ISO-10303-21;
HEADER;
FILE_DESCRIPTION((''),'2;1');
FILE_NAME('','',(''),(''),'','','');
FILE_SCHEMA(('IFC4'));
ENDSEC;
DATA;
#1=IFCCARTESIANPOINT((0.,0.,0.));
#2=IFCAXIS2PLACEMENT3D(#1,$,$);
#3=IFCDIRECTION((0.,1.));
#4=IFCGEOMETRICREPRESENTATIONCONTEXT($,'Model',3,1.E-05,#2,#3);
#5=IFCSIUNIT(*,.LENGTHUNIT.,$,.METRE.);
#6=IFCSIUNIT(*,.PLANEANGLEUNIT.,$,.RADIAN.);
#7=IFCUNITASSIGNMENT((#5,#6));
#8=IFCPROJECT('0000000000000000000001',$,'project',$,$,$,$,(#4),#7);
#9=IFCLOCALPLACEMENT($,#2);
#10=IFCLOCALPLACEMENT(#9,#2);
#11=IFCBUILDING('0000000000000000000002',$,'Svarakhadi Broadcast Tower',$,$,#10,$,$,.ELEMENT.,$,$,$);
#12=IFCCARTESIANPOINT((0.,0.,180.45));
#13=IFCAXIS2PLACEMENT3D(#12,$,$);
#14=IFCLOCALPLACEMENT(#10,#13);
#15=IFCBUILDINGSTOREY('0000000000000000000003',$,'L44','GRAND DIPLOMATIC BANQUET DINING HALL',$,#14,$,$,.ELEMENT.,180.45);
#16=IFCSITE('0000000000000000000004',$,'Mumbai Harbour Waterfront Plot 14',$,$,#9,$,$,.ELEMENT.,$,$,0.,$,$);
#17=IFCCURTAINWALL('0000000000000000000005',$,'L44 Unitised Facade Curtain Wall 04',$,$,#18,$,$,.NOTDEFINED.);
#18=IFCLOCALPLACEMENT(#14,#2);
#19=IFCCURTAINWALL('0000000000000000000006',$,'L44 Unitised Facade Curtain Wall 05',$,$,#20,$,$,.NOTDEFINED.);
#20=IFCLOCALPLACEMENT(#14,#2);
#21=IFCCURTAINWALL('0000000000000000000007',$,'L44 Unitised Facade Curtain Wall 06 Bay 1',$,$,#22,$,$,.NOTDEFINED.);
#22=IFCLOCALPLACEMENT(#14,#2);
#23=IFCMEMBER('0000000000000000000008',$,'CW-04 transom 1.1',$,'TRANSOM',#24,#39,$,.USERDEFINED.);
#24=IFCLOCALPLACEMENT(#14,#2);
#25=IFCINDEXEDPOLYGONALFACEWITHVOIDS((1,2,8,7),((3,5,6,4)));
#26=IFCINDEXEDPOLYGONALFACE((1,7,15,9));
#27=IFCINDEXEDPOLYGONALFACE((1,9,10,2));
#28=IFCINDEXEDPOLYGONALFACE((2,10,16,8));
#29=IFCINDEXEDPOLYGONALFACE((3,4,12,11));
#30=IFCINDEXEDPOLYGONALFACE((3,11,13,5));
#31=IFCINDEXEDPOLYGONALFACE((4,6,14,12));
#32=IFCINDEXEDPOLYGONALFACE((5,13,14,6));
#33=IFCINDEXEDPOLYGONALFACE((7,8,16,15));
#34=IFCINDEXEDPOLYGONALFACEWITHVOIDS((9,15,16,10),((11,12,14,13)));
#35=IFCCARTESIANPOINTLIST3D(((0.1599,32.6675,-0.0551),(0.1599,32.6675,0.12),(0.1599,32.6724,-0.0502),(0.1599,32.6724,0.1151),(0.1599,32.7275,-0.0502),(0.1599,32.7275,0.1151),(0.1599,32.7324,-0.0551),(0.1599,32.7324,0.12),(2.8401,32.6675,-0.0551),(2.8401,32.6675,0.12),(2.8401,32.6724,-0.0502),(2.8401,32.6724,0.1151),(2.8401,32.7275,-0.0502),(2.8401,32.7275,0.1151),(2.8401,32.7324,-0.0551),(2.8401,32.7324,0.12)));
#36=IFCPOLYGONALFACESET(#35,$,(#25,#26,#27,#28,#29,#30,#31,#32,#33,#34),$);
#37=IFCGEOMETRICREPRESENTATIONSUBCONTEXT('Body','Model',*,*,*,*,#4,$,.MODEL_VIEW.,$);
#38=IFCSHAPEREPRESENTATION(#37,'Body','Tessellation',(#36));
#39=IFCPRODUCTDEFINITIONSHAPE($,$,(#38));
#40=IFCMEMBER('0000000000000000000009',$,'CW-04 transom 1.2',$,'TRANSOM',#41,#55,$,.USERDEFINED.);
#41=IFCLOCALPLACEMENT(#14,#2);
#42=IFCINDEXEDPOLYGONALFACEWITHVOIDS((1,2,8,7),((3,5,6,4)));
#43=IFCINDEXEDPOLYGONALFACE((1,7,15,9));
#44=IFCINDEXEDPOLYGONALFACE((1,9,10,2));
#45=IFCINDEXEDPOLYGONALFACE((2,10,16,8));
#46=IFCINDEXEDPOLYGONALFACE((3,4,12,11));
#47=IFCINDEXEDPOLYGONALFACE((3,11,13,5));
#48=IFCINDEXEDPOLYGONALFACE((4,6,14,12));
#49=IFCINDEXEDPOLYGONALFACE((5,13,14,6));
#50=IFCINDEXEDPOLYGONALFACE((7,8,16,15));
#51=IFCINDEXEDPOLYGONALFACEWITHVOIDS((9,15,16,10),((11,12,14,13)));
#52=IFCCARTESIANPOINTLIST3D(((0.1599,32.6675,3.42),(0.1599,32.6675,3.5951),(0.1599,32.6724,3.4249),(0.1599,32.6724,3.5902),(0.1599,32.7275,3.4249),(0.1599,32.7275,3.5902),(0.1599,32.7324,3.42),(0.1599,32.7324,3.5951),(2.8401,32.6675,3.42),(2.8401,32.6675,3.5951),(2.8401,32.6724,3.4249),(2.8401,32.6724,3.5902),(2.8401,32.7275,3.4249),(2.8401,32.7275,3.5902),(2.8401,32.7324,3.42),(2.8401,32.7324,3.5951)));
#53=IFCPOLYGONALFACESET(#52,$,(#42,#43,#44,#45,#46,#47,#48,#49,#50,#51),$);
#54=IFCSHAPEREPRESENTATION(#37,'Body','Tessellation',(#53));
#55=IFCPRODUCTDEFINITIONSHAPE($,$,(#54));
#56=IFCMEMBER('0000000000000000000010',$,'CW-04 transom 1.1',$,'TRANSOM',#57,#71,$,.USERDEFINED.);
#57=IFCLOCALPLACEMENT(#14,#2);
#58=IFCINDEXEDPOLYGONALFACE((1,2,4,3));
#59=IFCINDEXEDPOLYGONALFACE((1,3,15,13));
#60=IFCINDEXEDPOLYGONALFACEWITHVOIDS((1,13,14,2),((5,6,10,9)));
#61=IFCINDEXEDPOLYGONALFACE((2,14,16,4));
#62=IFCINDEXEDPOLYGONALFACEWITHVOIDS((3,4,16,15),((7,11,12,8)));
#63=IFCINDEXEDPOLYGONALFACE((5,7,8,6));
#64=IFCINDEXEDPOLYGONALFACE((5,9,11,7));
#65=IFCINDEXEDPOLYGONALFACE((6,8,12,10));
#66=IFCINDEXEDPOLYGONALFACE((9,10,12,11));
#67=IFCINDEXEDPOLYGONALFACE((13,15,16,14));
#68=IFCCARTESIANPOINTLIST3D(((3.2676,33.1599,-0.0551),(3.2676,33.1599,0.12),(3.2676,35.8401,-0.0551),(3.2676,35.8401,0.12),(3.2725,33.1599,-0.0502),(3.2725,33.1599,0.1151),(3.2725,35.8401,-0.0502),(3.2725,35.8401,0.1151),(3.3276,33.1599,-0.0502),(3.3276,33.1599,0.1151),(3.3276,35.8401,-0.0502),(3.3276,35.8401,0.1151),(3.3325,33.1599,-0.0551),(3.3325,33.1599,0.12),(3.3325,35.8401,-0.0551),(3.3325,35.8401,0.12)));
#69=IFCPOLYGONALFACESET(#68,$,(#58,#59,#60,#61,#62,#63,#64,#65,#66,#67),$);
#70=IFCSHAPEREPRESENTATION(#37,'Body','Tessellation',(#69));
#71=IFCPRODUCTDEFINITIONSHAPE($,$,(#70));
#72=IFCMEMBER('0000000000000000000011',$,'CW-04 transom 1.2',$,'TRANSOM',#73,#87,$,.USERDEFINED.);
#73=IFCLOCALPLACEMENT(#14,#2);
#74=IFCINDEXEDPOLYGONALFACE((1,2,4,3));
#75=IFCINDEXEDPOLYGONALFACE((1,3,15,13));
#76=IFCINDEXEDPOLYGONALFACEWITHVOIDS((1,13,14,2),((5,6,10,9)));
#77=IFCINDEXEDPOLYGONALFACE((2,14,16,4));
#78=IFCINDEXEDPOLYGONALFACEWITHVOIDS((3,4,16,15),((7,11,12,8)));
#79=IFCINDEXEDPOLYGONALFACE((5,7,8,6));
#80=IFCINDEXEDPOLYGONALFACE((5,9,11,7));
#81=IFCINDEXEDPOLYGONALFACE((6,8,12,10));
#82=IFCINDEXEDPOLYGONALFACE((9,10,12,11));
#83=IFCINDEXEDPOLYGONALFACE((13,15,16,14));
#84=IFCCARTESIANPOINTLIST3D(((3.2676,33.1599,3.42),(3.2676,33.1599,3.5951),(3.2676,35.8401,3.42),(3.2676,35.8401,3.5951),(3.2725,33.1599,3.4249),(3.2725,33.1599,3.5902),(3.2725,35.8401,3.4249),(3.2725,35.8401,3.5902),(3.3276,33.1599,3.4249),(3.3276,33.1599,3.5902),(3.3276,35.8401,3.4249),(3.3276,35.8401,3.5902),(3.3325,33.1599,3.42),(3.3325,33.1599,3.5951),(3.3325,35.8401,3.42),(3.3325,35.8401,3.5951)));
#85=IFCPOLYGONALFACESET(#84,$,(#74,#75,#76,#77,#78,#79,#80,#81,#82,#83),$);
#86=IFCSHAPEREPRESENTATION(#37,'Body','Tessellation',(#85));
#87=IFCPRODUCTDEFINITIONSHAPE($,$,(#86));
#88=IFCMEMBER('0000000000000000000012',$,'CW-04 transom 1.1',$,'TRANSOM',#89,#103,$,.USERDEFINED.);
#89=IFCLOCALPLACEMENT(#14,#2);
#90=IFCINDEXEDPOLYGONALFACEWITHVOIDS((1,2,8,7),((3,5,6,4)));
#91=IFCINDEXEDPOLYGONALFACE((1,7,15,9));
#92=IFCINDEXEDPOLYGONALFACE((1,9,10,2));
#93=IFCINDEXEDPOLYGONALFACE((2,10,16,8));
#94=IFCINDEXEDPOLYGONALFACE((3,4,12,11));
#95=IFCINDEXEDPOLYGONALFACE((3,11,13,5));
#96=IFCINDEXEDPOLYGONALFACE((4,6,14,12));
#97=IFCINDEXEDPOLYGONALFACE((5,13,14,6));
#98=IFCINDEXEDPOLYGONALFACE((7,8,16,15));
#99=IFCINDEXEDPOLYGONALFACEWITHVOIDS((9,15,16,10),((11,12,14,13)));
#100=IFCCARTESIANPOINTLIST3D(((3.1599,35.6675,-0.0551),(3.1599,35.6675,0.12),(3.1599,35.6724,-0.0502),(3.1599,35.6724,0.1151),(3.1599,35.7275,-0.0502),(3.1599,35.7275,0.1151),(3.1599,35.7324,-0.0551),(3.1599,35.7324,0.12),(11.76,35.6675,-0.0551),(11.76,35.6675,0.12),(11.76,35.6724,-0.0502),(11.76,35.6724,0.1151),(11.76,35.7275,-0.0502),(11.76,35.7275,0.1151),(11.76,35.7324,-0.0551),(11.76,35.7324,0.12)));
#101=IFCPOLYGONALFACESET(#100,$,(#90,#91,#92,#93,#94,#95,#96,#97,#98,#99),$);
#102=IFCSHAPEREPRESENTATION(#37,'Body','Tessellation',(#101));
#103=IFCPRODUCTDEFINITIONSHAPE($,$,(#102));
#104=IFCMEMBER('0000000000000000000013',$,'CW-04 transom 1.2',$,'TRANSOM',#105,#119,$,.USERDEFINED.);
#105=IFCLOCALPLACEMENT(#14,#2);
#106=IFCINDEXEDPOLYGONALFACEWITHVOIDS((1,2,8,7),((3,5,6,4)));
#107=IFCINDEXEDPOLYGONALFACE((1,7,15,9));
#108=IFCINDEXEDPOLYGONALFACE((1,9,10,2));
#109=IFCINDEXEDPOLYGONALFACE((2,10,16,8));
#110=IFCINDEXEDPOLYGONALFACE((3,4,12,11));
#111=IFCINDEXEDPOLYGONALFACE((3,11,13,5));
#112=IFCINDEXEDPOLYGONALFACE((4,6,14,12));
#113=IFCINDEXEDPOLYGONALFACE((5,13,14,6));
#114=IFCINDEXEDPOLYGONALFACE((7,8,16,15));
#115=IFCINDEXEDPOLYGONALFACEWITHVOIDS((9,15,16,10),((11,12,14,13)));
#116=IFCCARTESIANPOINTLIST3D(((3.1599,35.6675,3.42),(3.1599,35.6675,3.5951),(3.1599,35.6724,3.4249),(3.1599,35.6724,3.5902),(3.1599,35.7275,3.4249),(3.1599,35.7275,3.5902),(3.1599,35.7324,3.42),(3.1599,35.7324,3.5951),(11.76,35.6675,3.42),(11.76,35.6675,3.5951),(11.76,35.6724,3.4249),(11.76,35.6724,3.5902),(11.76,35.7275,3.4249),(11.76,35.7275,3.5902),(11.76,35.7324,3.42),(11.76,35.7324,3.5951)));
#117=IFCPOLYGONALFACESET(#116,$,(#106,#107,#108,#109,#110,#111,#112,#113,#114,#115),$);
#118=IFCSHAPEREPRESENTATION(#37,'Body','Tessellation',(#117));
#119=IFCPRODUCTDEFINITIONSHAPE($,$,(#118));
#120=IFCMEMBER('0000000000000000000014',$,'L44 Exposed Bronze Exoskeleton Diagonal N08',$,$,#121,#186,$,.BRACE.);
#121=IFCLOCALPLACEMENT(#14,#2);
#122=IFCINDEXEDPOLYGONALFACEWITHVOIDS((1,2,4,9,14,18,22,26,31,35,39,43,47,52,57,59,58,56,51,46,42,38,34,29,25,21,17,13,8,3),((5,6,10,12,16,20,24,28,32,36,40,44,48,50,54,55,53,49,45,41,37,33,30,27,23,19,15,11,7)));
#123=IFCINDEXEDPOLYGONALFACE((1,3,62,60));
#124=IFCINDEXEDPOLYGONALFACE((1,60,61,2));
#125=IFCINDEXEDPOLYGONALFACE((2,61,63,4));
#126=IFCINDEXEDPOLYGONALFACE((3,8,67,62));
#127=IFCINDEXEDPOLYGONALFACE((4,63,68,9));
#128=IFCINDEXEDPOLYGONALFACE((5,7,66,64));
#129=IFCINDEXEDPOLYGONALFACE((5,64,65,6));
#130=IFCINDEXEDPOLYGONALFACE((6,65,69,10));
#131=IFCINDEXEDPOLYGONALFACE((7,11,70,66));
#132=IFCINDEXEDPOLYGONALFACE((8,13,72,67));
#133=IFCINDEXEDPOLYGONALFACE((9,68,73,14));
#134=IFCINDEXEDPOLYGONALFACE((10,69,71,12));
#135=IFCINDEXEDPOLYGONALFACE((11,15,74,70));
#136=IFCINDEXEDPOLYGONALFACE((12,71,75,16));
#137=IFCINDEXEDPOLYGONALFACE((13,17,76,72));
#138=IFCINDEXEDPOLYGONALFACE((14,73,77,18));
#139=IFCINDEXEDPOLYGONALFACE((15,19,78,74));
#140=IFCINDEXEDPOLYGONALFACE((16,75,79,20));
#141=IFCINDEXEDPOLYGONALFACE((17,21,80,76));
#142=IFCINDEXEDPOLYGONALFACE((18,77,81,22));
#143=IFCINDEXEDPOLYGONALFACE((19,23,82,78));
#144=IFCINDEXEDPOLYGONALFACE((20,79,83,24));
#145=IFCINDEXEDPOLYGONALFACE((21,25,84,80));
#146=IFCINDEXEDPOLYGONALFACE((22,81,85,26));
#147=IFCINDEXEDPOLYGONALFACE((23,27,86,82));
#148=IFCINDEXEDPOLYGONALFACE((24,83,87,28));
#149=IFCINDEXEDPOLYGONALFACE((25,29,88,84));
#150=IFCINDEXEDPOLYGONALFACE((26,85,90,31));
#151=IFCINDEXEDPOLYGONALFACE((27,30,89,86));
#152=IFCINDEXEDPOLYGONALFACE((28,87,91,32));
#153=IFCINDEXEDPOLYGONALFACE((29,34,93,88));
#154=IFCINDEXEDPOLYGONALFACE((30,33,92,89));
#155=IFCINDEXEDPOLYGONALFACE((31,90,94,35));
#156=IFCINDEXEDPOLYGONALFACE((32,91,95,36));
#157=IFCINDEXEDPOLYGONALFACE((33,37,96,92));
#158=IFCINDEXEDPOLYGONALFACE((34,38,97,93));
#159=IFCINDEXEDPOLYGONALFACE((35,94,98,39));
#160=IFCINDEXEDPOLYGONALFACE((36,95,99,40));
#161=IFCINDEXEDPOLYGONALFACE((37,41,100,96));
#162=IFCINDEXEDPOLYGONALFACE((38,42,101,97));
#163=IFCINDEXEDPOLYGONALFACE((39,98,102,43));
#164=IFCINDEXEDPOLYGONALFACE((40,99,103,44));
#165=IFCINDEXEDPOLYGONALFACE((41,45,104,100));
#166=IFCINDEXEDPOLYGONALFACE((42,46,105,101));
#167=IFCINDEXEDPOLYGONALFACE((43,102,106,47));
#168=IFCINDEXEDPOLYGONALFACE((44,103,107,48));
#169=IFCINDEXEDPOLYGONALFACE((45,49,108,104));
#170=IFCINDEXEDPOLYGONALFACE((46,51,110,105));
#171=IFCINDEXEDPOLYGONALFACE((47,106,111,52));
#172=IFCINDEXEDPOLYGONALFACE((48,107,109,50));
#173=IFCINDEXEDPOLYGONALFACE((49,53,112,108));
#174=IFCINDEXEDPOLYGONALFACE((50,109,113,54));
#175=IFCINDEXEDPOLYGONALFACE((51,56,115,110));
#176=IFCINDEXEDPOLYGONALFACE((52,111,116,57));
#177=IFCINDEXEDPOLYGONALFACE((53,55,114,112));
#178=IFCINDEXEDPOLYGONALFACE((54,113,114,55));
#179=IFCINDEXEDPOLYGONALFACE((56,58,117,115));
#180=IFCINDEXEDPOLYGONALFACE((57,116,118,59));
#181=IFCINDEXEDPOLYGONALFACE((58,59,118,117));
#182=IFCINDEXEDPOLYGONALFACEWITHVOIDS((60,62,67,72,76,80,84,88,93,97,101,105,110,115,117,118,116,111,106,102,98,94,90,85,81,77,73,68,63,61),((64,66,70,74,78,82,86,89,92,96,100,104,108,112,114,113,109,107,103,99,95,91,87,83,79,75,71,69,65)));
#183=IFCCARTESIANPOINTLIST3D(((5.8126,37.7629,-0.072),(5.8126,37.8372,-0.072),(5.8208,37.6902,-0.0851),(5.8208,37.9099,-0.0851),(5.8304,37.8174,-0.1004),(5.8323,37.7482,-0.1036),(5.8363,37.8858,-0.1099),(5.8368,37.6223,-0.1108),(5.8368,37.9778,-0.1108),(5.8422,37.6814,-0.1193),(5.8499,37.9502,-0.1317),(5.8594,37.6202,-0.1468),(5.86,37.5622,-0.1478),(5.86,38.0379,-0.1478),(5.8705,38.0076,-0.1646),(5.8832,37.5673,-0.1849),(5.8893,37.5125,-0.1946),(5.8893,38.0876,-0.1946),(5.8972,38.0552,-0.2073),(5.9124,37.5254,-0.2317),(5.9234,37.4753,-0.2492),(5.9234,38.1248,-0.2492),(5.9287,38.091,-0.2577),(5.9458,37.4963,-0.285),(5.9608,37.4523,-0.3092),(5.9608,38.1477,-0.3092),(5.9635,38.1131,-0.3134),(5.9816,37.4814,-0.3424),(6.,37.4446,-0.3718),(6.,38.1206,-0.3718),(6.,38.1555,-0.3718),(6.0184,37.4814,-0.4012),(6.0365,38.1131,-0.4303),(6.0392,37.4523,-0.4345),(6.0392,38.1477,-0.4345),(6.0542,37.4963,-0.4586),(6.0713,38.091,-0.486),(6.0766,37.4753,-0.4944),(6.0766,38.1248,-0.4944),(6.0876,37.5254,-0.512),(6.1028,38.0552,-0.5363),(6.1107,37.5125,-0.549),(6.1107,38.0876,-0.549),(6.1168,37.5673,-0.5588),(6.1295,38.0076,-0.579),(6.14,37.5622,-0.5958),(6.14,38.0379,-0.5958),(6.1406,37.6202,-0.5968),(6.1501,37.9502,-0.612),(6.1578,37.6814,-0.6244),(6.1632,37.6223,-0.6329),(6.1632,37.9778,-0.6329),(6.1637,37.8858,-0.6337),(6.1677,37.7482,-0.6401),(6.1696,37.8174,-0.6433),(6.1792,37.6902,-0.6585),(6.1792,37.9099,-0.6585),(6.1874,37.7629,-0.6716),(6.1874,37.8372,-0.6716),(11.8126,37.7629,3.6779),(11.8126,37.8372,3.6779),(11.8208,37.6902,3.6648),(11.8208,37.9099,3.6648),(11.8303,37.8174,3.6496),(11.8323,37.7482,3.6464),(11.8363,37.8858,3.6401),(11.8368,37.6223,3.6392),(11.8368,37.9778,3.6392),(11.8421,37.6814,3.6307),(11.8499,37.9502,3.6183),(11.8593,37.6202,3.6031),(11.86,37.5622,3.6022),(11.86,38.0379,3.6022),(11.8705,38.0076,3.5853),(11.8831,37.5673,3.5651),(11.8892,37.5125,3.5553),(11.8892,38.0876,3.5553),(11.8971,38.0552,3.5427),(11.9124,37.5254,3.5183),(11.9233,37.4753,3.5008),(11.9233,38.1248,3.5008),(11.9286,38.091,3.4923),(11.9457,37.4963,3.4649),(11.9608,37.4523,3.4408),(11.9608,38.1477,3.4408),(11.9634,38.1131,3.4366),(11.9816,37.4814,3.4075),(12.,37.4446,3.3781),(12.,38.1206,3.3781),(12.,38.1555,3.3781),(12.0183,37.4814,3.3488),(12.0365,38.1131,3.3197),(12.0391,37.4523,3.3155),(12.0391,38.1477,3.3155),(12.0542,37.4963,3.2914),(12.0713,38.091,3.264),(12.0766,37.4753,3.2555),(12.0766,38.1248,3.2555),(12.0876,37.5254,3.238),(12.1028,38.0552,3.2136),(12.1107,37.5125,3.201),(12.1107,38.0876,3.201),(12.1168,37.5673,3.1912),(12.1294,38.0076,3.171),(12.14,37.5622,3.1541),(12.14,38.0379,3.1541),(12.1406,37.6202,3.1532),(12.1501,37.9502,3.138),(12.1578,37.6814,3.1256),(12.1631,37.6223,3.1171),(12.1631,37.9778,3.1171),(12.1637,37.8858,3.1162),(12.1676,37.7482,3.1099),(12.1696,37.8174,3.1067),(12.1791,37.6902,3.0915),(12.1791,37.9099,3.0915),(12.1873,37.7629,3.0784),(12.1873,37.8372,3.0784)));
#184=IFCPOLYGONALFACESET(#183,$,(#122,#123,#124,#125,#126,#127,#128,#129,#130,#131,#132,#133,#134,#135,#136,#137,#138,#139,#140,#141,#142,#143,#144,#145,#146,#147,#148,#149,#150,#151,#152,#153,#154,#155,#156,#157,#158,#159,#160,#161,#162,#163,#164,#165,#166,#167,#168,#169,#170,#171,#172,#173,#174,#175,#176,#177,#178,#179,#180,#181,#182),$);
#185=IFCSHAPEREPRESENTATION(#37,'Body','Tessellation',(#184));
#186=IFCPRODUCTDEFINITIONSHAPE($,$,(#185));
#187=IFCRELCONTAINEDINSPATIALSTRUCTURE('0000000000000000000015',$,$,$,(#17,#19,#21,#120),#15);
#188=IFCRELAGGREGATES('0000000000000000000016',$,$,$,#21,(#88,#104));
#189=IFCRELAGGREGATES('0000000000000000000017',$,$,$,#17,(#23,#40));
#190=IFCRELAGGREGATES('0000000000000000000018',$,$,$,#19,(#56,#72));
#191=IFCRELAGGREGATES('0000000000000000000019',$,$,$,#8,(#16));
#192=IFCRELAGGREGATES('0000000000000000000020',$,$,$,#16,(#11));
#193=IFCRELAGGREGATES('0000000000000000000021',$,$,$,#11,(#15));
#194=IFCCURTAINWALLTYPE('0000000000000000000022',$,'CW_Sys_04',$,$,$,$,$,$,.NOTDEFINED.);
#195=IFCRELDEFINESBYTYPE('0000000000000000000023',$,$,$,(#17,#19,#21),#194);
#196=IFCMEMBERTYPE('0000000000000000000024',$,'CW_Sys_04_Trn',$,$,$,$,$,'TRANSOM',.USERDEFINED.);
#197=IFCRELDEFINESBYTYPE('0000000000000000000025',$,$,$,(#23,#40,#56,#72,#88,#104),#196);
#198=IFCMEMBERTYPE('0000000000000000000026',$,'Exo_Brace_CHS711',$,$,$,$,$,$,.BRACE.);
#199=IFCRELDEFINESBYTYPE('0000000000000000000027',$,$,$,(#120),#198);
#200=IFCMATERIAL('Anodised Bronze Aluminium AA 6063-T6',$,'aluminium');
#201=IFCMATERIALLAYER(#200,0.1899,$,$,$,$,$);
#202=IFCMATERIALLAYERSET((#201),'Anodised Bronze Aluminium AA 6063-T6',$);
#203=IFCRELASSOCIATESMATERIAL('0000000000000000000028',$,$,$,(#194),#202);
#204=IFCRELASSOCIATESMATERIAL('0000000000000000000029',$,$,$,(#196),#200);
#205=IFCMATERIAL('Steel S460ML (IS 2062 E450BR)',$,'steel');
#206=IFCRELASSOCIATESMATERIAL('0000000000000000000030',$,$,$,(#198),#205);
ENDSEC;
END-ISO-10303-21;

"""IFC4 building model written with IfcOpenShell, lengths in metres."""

from ifc_helpers import new_model, si_unit, direction, frame, origin, origin_2d, place, context, subcontext, project, spatial, hollow_rectangle, hollow_circle, extrude, material, layer, layer_set, material_profile, profile_set, type_object, element, aggregate, save


model = new_model("IFC4")

# Units and contexts
model_context = context("Model", 3, precision=1e-05, world=origin(), true_north=direction((0.0, 1.0)))
body_context = subcontext(model_context, "Body", "Model", "MODEL_VIEW")
ifc_project = project(units=[si_unit("LENGTHUNIT", "METRE"), si_unit("PLANEANGLEUNIT", "RADIAN")], contexts=[model_context])

# Site, building, storey
site_placement = place(None, origin())
site = spatial("IfcSite", under=ifc_project, at=site_placement, Name="Mumbai Harbour Waterfront Plot 14", CompositionType="ELEMENT", RefElevation=0.0)
building_placement = place(site_placement, origin())
building = spatial("IfcBuilding", under=site, at=building_placement, Name="Svarakhadi Broadcast Tower", CompositionType="ELEMENT")
storey_placement = place(building_placement, frame((0.0, 0.0, 180.45)))
storey = spatial("IfcBuildingStorey", under=building, at=storey_placement, Name="L44", Description="GRAND DIPLOMATIC BANQUET DINING HALL", CompositionType="ELEMENT", Elevation=180.45)

# Shared definitions
ifc_material_1 = material(Name="Steel S460ML (IS 2062 E450BR)", Category="steel")

# Shared definitions
ifc_material_2 = material(Name="Anodised Bronze Aluminium AA 6063-T6", Category="aluminium")
ifc_layer_1 = layer(ifc_material_2, 0.1899)
ifc_layer_set_1 = layer_set([ifc_layer_1], Name="Anodised Bronze Aluminium AA 6063-T6")
curtain_wall_type = type_object("IfcCurtainWallType", Name="CW_Sys_04", PredefinedType="NOTDEFINED", material=ifc_layer_set_1)

# Curtain walls
curtain_wall_1_placement = place(storey_placement, origin())
curtain_wall_1 = element("IfcCurtainWall", 1, at=curtain_wall_1_placement, inside=storey, type_object=curtain_wall_type, Name="L44 Unitised Facade Curtain Wall 04", PredefinedType="NOTDEFINED")
curtain_wall_2_placement = place(storey_placement, origin())
curtain_wall_2 = element("IfcCurtainWall", 2, at=curtain_wall_2_placement, inside=storey, type_object=curtain_wall_type, Name="L44 Unitised Facade Curtain Wall 05", PredefinedType="NOTDEFINED")

# Curtain wall
curtain_wall_3_placement = place(storey_placement, origin())
curtain_wall_3 = element("IfcCurtainWall", 3, at=curtain_wall_3_placement, inside=storey, type_object=curtain_wall_type, Name="L44 Unitised Facade Curtain Wall 06 Bay 1", PredefinedType="NOTDEFINED")

# Members
ifc_material_profile_1 = material_profile(ifc_material_2, hollow_rectangle(XDim=0.0649, YDim=0.175, WallThickness=0.0049, at=origin_2d()), Name="ALU TRANSOM 175x65x5")
ifc_profile_set_1 = profile_set([ifc_material_profile_1], Name="Anodised Bronze Aluminium AA 6063-T6")
member_type_1 = type_object("IfcMemberType", Name="CW_Sys_04_Trn", ElementType="TRANSOM", PredefinedType="USERDEFINED", material=ifc_profile_set_1)
member_1_placement = place(storey_placement, frame((0.1599, 32.7, 0.0325), z_axis=(1.0, 0.0, 0.0), x_axis=(0.0, 1.0, 0.0)))
member_1 = element("IfcMember", 4, at=member_1_placement, type_object=member_type_1, Name="CW-04 transom 1.1", ObjectType="TRANSOM", PredefinedType="USERDEFINED", context=body_context, shape_type="SweptSolid", body=[
    extrude(hollow_rectangle(XDim=0.0649, YDim=0.175, WallThickness=0.0049, at=origin_2d()), origin(), (0.0, 0.0, 1.0), 2.6802),
])
member_2_placement = place(storey_placement, frame((0.1599, 32.7, 3.5076), z_axis=(1.0, 0.0, 0.0), x_axis=(0.0, 1.0, 0.0)))
member_2 = element("IfcMember", 5, at=member_2_placement, type_object=member_type_1, Name="CW-04 transom 1.2", ObjectType="TRANSOM", PredefinedType="USERDEFINED", context=body_context, shape_type="SweptSolid", body=[
    extrude(hollow_rectangle(XDim=0.0649, YDim=0.175, WallThickness=0.0049, at=origin_2d()), origin(), (0.0, 0.0, 1.0), 2.6802),
])
member_3_placement = place(storey_placement, frame((3.3, 33.1599, 0.0325), z_axis=(0.0, 1.0, 0.0), x_axis=(-1.0, 0.0, 0.0)))
member_3 = element("IfcMember", 6, at=member_3_placement, type_object=member_type_1, Name="CW-04 transom 1.1", ObjectType="TRANSOM", PredefinedType="USERDEFINED", context=body_context, shape_type="SweptSolid", body=[
    extrude(hollow_rectangle(XDim=0.0649, YDim=0.175, WallThickness=0.0049, at=origin_2d()), origin(), (0.0, 0.0, 1.0), 2.6802),
])
member_4_placement = place(storey_placement, frame((3.3, 33.1599, 3.5076), z_axis=(0.0, 1.0, 0.0), x_axis=(-1.0, 0.0, 0.0)))
member_4 = element("IfcMember", 7, at=member_4_placement, type_object=member_type_1, Name="CW-04 transom 1.2", ObjectType="TRANSOM", PredefinedType="USERDEFINED", context=body_context, shape_type="SweptSolid", body=[
    extrude(hollow_rectangle(XDim=0.0649, YDim=0.175, WallThickness=0.0049, at=origin_2d()), origin(), (0.0, 0.0, 1.0), 2.6802),
])
member_5_placement = place(storey_placement, frame((3.1599, 35.7, 0.0325), z_axis=(1.0, 0.0, 0.0), x_axis=(0.0, 1.0, 0.0)))
member_5 = element("IfcMember", 8, at=member_5_placement, type_object=member_type_1, Name="CW-04 transom 1.1", ObjectType="TRANSOM", PredefinedType="USERDEFINED", context=body_context, shape_type="SweptSolid", body=[
    extrude(hollow_rectangle(XDim=0.0649, YDim=0.175, WallThickness=0.0049, at=origin_2d()), origin(), (0.0, 0.0, 1.0), 8.6001),
])
member_6_placement = place(storey_placement, frame((3.1599, 35.7, 3.5076), z_axis=(1.0, 0.0, 0.0), x_axis=(0.0, 1.0, 0.0)))
member_6 = element("IfcMember", 9, at=member_6_placement, type_object=member_type_1, Name="CW-04 transom 1.2", ObjectType="TRANSOM", PredefinedType="USERDEFINED", context=body_context, shape_type="SweptSolid", body=[
    extrude(hollow_rectangle(XDim=0.0649, YDim=0.175, WallThickness=0.0049, at=origin_2d()), origin(), (0.0, 0.0, 1.0), 8.6001),
])
aggregate(curtain_wall_3, [member_5, member_6])

# Member
ifc_material_profile_2 = material_profile(ifc_material_1, hollow_circle(Radius=0.3555, WallThickness=0.0349, at=origin_2d()), Name="CHS 711x35")
ifc_profile_set_2 = profile_set([ifc_material_profile_2], Name="Steel S460ML (IS 2062 E450BR)")
member_type_2 = type_object("IfcMemberType", Name="Exo_Brace_CHS711", PredefinedType="BRACE", material=ifc_profile_set_2)
member_7_placement = place(storey_placement, frame((6.0, 37.8, -0.3718), z_axis=(0.847998, 0.0, 0.529999), x_axis=(0.0, 1.0, 0.0)))
element("IfcMember", 10, at=member_7_placement, inside=storey, type_object=member_type_2, Name="L44 Exposed Bronze Exoskeleton Diagonal N08", PredefinedType="BRACE", context=body_context, shape_type="SweptSolid", body=[
    extrude(hollow_circle(Radius=0.3555, WallThickness=0.0349, at=origin_2d()), origin(), (0.0, 0.0, 1.0), 7.0754),
])

aggregate(curtain_wall_1, [member_1, member_2])
aggregate(curtain_wall_2, [member_3, member_4])

save(model, "model.ifc")
